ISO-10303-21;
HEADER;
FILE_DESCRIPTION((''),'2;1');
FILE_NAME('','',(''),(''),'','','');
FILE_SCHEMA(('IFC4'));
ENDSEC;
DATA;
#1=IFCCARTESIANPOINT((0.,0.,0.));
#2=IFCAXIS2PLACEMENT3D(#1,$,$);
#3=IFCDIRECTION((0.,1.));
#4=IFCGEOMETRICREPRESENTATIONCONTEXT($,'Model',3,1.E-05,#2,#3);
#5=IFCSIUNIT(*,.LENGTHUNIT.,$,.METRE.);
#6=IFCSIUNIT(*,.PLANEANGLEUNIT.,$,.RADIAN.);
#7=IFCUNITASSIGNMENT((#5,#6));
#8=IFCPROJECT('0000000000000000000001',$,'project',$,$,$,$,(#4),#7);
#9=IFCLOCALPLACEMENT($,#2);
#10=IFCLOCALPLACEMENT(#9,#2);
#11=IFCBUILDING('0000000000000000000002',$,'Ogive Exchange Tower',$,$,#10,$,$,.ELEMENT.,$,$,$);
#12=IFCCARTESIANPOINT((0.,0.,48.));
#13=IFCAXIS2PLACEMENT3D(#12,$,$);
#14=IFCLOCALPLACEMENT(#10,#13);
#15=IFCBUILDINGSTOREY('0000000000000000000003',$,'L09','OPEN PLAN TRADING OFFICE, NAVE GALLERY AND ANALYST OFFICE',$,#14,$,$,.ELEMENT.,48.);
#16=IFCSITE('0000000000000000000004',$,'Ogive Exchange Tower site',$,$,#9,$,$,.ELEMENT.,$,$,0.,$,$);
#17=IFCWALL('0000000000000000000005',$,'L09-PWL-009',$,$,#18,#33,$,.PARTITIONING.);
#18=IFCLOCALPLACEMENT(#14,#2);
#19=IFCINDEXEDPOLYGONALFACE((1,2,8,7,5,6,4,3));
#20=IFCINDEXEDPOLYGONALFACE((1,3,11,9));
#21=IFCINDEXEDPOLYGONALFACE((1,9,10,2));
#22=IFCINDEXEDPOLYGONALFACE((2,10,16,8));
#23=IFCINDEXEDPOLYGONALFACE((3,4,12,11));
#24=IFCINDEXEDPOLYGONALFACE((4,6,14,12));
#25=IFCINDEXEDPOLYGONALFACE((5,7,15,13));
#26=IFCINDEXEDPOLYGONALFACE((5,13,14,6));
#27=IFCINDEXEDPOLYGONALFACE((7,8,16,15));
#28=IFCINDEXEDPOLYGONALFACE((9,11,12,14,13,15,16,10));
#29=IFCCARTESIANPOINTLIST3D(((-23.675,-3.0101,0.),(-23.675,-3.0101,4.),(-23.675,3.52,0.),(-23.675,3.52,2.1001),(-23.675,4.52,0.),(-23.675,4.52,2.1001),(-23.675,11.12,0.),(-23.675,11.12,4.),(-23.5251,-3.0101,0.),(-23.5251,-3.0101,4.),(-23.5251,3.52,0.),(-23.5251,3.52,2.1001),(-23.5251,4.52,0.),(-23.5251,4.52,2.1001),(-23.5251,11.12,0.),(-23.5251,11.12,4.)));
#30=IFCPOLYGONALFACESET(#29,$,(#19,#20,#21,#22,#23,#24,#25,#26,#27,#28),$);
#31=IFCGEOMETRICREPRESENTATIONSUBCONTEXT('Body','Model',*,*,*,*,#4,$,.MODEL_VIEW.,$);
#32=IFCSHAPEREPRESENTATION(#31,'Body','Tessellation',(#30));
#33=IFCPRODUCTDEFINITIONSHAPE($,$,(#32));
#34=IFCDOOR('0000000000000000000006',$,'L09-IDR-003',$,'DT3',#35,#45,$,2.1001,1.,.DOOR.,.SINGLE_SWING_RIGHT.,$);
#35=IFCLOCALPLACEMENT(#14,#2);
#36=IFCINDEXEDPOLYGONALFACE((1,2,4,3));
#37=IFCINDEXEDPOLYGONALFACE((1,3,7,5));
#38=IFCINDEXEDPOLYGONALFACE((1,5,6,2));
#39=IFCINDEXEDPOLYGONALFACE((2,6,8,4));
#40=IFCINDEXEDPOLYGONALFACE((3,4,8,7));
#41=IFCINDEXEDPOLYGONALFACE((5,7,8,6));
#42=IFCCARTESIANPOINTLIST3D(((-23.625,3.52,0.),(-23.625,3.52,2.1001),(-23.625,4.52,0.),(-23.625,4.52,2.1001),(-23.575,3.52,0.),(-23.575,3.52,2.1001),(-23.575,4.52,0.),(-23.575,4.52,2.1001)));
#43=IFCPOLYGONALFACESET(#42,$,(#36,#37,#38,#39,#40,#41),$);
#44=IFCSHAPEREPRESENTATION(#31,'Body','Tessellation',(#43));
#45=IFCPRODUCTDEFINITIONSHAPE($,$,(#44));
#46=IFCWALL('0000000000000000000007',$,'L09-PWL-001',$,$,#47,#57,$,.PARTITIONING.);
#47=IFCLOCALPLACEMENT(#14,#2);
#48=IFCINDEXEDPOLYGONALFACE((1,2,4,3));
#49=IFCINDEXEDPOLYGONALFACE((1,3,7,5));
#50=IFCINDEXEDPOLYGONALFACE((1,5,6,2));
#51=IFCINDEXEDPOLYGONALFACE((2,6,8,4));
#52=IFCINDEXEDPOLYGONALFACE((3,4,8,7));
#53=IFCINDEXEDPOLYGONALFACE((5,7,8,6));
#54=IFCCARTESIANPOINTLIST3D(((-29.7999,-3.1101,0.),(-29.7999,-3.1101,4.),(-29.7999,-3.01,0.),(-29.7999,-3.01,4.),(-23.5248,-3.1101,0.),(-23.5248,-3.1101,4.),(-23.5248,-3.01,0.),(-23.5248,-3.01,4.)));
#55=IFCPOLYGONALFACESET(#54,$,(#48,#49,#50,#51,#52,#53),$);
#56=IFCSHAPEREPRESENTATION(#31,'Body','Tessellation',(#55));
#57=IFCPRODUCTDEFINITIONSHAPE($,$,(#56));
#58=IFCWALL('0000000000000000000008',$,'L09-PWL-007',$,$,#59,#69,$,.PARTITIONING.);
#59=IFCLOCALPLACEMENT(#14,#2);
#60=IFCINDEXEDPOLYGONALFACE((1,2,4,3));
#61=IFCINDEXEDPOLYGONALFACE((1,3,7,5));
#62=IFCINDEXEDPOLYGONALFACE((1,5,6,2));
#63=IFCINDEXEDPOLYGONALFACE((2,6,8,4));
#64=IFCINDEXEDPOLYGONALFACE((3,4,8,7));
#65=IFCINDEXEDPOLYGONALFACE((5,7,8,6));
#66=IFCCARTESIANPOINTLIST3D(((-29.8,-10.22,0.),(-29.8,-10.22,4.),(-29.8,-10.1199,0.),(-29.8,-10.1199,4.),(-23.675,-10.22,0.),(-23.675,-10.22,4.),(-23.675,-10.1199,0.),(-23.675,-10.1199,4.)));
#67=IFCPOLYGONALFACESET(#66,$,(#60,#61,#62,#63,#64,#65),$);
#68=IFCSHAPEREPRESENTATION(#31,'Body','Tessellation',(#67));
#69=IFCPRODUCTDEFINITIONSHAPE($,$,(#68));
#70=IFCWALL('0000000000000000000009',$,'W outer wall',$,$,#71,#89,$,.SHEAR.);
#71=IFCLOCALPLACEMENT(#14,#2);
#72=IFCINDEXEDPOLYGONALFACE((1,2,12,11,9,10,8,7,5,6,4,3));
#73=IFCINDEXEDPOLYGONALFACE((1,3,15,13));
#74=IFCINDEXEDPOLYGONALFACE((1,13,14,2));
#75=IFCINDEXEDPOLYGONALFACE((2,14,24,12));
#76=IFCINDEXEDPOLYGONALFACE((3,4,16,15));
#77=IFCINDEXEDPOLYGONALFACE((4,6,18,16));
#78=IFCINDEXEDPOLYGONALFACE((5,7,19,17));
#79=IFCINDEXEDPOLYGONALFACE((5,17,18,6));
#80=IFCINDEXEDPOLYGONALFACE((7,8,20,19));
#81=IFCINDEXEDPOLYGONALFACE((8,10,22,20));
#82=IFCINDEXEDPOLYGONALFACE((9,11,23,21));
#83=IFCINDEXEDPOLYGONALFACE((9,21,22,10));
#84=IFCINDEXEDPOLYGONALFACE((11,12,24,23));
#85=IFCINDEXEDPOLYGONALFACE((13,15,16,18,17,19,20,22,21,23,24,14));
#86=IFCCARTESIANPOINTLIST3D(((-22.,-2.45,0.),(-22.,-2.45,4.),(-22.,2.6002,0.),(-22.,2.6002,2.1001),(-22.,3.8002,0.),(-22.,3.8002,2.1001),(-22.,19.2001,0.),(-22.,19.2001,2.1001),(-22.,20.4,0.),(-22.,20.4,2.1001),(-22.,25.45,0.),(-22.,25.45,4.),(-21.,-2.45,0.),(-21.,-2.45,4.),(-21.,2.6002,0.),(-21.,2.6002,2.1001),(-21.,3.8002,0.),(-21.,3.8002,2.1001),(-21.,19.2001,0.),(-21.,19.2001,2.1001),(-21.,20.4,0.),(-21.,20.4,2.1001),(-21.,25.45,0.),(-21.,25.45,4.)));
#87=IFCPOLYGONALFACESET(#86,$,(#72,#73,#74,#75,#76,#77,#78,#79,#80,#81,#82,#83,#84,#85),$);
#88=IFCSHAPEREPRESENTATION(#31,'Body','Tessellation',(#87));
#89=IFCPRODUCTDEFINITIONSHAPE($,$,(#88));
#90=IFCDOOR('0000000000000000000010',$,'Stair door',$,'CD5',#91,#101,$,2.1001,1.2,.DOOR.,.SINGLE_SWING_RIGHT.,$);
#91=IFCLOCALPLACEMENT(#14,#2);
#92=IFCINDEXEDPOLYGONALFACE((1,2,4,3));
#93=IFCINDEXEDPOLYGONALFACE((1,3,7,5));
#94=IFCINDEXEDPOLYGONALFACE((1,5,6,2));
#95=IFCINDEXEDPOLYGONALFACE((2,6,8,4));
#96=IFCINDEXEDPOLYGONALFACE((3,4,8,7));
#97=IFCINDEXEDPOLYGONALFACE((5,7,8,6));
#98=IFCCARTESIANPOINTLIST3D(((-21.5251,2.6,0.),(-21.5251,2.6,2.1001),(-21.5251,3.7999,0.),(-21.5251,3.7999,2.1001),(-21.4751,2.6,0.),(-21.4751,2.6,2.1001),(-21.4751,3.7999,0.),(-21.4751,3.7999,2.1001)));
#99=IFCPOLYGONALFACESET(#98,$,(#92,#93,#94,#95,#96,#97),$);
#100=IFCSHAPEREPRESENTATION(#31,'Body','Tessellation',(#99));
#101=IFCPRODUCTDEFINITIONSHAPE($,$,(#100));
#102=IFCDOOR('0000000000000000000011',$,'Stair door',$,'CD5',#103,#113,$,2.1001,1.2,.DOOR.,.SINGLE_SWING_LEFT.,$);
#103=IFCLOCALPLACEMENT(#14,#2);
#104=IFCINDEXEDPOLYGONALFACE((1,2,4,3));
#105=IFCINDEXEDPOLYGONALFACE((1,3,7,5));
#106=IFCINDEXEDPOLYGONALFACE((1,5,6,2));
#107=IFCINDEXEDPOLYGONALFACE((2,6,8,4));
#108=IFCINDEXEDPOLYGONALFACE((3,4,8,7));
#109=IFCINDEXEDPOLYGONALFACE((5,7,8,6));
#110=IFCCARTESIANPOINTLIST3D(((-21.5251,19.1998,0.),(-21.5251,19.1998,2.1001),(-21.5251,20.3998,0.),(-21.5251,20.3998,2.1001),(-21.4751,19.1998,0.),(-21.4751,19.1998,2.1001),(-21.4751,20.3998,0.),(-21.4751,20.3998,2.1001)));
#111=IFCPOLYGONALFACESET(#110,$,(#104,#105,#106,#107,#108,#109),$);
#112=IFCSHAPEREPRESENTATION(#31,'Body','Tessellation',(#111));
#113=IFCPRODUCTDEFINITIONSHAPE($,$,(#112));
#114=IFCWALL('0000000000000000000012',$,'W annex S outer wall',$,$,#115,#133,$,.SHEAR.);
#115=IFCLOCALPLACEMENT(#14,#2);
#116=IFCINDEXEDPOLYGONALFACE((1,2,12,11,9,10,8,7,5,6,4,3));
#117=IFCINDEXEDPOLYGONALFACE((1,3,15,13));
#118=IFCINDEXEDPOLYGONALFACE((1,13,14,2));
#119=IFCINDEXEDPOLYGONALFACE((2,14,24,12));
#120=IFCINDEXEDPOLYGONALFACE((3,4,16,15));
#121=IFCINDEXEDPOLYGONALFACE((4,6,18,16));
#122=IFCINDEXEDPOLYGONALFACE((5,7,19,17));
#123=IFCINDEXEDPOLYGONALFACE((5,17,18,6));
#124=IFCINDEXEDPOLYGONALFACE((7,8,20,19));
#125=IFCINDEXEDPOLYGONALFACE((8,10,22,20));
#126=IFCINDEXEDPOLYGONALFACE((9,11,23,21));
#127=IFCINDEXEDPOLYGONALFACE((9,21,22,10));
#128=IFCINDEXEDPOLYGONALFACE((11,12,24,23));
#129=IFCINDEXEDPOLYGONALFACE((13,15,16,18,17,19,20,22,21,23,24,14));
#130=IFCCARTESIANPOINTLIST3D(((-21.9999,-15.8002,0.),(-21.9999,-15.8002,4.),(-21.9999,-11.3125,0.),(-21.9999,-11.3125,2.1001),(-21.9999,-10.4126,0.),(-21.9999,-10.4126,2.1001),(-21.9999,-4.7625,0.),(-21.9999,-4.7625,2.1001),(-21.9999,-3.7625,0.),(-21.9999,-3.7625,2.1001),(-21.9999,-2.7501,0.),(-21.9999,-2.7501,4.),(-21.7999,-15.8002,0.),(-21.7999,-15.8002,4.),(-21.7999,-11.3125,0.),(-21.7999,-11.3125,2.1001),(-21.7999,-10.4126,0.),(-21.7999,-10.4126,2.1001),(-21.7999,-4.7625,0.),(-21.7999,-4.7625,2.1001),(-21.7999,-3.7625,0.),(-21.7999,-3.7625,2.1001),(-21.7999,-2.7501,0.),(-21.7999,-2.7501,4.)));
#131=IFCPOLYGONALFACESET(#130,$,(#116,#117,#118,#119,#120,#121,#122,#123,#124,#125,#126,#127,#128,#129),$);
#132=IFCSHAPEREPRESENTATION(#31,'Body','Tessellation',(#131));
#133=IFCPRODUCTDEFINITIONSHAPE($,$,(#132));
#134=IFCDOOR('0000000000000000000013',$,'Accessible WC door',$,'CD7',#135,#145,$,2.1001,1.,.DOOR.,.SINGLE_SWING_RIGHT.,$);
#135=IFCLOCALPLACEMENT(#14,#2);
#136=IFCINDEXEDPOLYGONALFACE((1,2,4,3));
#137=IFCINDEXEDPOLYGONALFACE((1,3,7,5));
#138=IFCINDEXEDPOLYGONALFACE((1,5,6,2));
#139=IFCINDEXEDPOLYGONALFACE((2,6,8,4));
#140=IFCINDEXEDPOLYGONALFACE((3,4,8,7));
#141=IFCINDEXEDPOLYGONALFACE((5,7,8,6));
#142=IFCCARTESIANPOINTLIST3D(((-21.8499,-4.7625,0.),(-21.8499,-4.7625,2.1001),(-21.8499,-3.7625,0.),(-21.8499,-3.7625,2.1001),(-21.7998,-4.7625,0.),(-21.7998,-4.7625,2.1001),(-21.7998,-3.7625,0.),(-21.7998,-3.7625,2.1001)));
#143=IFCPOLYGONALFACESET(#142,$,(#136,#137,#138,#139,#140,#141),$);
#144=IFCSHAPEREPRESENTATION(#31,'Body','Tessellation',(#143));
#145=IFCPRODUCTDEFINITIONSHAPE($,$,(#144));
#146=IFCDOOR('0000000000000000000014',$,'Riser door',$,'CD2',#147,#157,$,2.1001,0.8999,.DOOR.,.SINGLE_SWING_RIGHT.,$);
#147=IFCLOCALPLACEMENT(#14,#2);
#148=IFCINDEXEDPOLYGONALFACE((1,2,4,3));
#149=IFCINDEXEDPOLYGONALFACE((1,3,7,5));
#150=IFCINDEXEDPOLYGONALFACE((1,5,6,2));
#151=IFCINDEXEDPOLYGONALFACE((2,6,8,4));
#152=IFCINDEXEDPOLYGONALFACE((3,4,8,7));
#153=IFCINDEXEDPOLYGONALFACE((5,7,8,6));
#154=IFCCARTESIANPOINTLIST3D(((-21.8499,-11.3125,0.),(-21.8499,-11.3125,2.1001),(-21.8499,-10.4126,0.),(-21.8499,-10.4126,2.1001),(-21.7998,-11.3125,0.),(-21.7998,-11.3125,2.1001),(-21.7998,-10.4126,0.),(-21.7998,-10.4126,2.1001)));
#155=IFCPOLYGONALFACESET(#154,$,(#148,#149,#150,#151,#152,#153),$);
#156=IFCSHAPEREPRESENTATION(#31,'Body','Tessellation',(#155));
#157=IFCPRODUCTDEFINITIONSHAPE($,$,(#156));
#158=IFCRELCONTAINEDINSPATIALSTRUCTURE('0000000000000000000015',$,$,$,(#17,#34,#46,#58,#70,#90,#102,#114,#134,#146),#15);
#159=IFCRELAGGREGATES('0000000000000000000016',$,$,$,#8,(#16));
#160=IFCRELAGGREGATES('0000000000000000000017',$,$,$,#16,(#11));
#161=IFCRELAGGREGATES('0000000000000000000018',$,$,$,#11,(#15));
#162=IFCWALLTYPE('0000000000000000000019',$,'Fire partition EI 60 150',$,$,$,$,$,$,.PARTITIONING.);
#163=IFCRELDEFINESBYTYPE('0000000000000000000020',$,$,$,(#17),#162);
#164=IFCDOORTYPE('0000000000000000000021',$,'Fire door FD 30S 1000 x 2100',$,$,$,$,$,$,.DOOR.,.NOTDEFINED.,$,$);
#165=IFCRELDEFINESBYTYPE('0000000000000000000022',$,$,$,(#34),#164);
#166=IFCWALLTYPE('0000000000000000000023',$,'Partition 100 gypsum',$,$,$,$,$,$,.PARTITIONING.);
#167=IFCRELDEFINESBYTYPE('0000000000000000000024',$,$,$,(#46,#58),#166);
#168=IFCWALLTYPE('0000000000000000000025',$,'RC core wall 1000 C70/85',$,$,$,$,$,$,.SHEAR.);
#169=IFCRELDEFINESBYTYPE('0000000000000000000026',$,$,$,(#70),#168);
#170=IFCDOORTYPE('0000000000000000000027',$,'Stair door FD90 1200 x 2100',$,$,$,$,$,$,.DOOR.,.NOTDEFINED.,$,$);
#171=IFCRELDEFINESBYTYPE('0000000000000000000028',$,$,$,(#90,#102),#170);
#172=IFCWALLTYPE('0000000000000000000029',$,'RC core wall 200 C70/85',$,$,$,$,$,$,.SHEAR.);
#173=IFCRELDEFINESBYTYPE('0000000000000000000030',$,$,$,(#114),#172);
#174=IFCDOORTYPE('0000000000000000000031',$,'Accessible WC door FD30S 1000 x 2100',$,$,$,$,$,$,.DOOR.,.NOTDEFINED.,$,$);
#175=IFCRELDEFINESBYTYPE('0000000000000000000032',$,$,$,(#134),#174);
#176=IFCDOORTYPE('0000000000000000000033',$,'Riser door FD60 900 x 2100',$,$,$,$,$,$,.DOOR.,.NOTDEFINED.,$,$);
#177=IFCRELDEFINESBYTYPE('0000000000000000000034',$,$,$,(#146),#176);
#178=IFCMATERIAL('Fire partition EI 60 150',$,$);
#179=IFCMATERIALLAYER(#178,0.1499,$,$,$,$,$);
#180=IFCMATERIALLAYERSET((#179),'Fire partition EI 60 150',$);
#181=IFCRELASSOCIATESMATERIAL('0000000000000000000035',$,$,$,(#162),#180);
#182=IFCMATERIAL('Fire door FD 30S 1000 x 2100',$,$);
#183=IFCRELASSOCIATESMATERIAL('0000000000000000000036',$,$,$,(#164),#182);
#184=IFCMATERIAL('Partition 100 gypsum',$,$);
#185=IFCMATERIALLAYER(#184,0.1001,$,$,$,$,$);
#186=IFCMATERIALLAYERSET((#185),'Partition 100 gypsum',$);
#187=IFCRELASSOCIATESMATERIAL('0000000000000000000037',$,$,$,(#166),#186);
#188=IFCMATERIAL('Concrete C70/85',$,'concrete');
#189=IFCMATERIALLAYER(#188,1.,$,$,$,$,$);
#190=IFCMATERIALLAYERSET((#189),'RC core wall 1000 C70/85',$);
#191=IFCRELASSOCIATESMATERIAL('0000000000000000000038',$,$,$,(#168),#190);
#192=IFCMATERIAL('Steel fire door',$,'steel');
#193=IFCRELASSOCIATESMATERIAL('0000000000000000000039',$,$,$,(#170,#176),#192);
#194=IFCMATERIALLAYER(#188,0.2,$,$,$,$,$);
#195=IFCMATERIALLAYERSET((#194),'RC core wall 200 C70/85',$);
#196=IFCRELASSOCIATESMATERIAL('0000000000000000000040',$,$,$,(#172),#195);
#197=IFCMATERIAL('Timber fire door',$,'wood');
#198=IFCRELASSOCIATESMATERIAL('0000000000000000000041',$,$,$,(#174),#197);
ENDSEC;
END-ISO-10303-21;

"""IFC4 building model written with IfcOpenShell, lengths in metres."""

from ifc_helpers import new_model, si_unit, direction, frame, frame_2d, origin, place, context, subcontext, project, spatial, rectangle, extrude, material, layer, layer_set, type_object, element, fill, save


model = new_model("IFC4")

# Units and contexts
model_context = context("Model", 3, precision=1e-05, world=origin(), true_north=direction((0.0, 1.0)))
body_context = subcontext(model_context, "Body", "Model", "MODEL_VIEW")
ifc_project = project(units=[si_unit("LENGTHUNIT", "METRE"), si_unit("PLANEANGLEUNIT", "RADIAN")], contexts=[model_context])

# Site, building, storey
site_placement = place(None, origin())
site = spatial("IfcSite", under=ifc_project, at=site_placement, Name="Ogive Exchange Tower site", CompositionType="ELEMENT", RefElevation=0.0)
building_placement = place(site_placement, origin())
building = spatial("IfcBuilding", under=site, at=building_placement, Name="Ogive Exchange Tower", CompositionType="ELEMENT")
storey_placement = place(building_placement, frame((0.0, 0.0, 48.0)))
storey = spatial("IfcBuildingStorey", under=building, at=storey_placement, Name="L09", Description="OPEN PLAN TRADING OFFICE, NAVE GALLERY AND ANALYST OFFICE", CompositionType="ELEMENT", Elevation=48.0)

# Wall, opening, door
ifc_material_1 = material(Name="Fire partition EI 60 150")
ifc_layer_1 = layer(ifc_material_1, 0.1499)
ifc_layer_set_1 = layer_set([ifc_layer_1], Name="Fire partition EI 60 150")
wall_type_1 = type_object("IfcWallType", Name="Fire partition EI 60 150", PredefinedType="PARTITIONING", material=ifc_layer_set_1)
ifc_material_2 = material(Name="Fire door FD 30S 1000 x 2100")
door_type_1 = type_object("IfcDoorType", Name="Fire door FD 30S 1000 x 2100", OperationType="NOTDEFINED", PredefinedType="DOOR", material=ifc_material_2)
wall_1_placement = place(storey_placement, frame((-23.6001, -3.01, 0.0), z_axis=(0.0, 0.0, 1.0), x_axis=(0.0, 1.0, 0.0)))
wall_1 = element("IfcWall", 1, at=wall_1_placement, inside=storey, type_object=wall_type_1, Name="L09-PWL-009", PredefinedType="PARTITIONING", context=body_context, shape_type="SweptSolid", body=[
    extrude(rectangle(XDim=14.1301, YDim=0.1499, at=frame_2d((7.0649, 0.0))), origin(), (0.0, 0.0, 1.0), 4.0),
])
opening_1_placement = place(wall_1_placement, frame((6.53, 0.0, 0.0)))
opening_1 = element("IfcOpeningElement", 2, at=opening_1_placement, cuts=wall_1, PredefinedType="OPENING", context=body_context, shape_type="SweptSolid", body=[
    extrude(rectangle(XDim=1.0, YDim=2.1001, at=frame_2d((0.5, 1.05))), frame((0.0, 0.085, 0.0), z_axis=(0.0, -1.0, 0.0), x_axis=(1.0, 0.0, 0.0)), (0.0, 0.0, 1.0), 0.1699),
])
door_1_placement = place(opening_1_placement, origin())
door_1 = element("IfcDoor", 3, at=door_1_placement, inside=storey, type_object=door_type_1, Name="L09-IDR-003", ObjectType="DT3", OperationType="SINGLE_SWING_RIGHT", OverallHeight=2.1001, OverallWidth=1.0, PredefinedType="DOOR", context=body_context, shape_type="SweptSolid", body=[
    extrude(rectangle(XDim=1.0, YDim=2.1001, at=frame_2d((0.5, 1.05))), frame((0.0, 0.0249, 0.0), z_axis=(0.0, -1.0, 0.0), x_axis=(1.0, 0.0, 0.0)), (0.0, 0.0, 1.0), 0.05),
])
fill(opening_1, door_1)

# Walls
ifc_material_3 = material(Name="Partition 100 gypsum")
ifc_layer_2 = layer(ifc_material_3, 0.1001)
ifc_layer_set_2 = layer_set([ifc_layer_2], Name="Partition 100 gypsum")
wall_type_2 = type_object("IfcWallType", Name="Partition 100 gypsum", PredefinedType="PARTITIONING", material=ifc_layer_set_2)
wall_2_placement = place(storey_placement, frame((-29.8, -3.0601, 0.0), z_axis=(0.0, 0.0, 1.0), x_axis=(1.0, 0.0, 0.0)))
element("IfcWall", 4, at=wall_2_placement, inside=storey, type_object=wall_type_2, Name="L09-PWL-001", PredefinedType="PARTITIONING", context=body_context, shape_type="SweptSolid", body=[
    extrude(rectangle(XDim=6.2751, YDim=0.1001, at=frame_2d((3.1377, 0.0))), origin(), (0.0, 0.0, 1.0), 4.0),
])
wall_3_placement = place(storey_placement, frame((-23.675, -10.1699, 0.0), z_axis=(0.0, 0.0, 1.0), x_axis=(-1.0, 0.0, 0.0)))
element("IfcWall", 5, at=wall_3_placement, inside=storey, type_object=wall_type_2, Name="L09-PWL-007", PredefinedType="PARTITIONING", context=body_context, shape_type="SweptSolid", body=[
    extrude(rectangle(XDim=6.125, YDim=0.1001, at=frame_2d((3.0625, 0.0))), origin(), (0.0, 0.0, 1.0), 4.0),
])

# Walls, openings, doors
ifc_material_4 = material(Name="Concrete C70/85", Category="concrete")
ifc_layer_3 = layer(ifc_material_4, 1.0)
ifc_layer_set_3 = layer_set([ifc_layer_3], Name="RC core wall 1000 C70/85")
wall_type_3 = type_object("IfcWallType", Name="RC core wall 1000 C70/85", PredefinedType="SHEAR", material=ifc_layer_set_3)
wall_4_placement = place(storey_placement, frame((-21.5, -2.45, 0.0), z_axis=(0.0, 0.0, 1.0), x_axis=(0.0, 1.0, 0.0)))
wall_4 = element("IfcWall", 6, at=wall_4_placement, inside=storey, type_object=wall_type_3, Name="W outer wall", PredefinedType="SHEAR", context=body_context, shape_type="SweptSolid", body=[
    extrude(rectangle(XDim=27.8999, YDim=1.0, at=frame_2d((13.95, 0.0))), origin(), (0.0, 0.0, 1.0), 4.0),
])
opening_2_placement = place(wall_4_placement, frame((5.05, 0.0, 0.0)))
opening_2 = element("IfcOpeningElement", 7, at=opening_2_placement, cuts=wall_4, PredefinedType="OPENING", context=body_context, shape_type="SweptSolid", body=[
    extrude(rectangle(XDim=1.2, YDim=2.1001, at=frame_2d((0.6001, 1.05))), frame((0.0, 0.51, 0.0), z_axis=(0.0, -1.0, 0.0), x_axis=(1.0, 0.0, 0.0)), (0.0, 0.0, 1.0), 1.02),
])
opening_3_placement = place(wall_4_placement, frame((21.6499, 0.0, 0.0)))
opening_3 = element("IfcOpeningElement", 8, at=opening_3_placement, cuts=wall_4, PredefinedType="OPENING", context=body_context, shape_type="SweptSolid", body=[
    extrude(rectangle(XDim=1.2, YDim=2.1001, at=frame_2d((0.6001, 1.05))), frame((0.0, 0.51, 0.0), z_axis=(0.0, -1.0, 0.0), x_axis=(1.0, 0.0, 0.0)), (0.0, 0.0, 1.0), 1.02),
])
ifc_material_5 = material(Name="Steel fire door", Category="steel")
door_type_2 = type_object("IfcDoorType", Name="Stair door FD90 1200 x 2100", OperationType="NOTDEFINED", PredefinedType="DOOR", material=ifc_material_5)
door_2_placement = place(opening_2_placement, frame((1.2, 0.0, 0.0), z_axis=(0.0, 0.0, 1.0), x_axis=(-1.0, 0.0, 0.0)))
door_2 = element("IfcDoor", 9, at=door_2_placement, inside=storey, type_object=door_type_2, Name="Stair door", ObjectType="CD5", OperationType="SINGLE_SWING_RIGHT", OverallHeight=2.1001, OverallWidth=1.2, PredefinedType="DOOR", context=body_context, shape_type="SweptSolid", body=[
    extrude(rectangle(XDim=1.2, YDim=2.1001, at=frame_2d((0.6001, 1.05))), frame((0.0, 0.0249, 0.0), z_axis=(0.0, -1.0, 0.0), x_axis=(1.0, 0.0, 0.0)), (0.0, 0.0, 1.0), 0.05),
])
fill(opening_2, door_2)
door_3_placement = place(opening_3_placement, frame((1.2, 0.0, 0.0), z_axis=(0.0, 0.0, 1.0), x_axis=(-1.0, 0.0, 0.0)))
door_3 = element("IfcDoor", 10, at=door_3_placement, inside=storey, type_object=door_type_2, Name="Stair door", ObjectType="CD5", OperationType="SINGLE_SWING_LEFT", OverallHeight=2.1001, OverallWidth=1.2, PredefinedType="DOOR", context=body_context, shape_type="SweptSolid", body=[
    extrude(rectangle(XDim=1.2, YDim=2.1001, at=frame_2d((0.6001, 1.05))), frame((0.0, 0.0249, 0.0), z_axis=(0.0, -1.0, 0.0), x_axis=(1.0, 0.0, 0.0)), (0.0, 0.0, 1.0), 0.05),
])
fill(opening_3, door_3)
ifc_layer_4 = layer(ifc_material_4, 0.2)
ifc_layer_set_4 = layer_set([ifc_layer_4], Name="RC core wall 200 C70/85")
wall_type_4 = type_object("IfcWallType", Name="RC core wall 200 C70/85", PredefinedType="SHEAR", material=ifc_layer_set_4)
wall_5_placement = place(storey_placement, frame((-21.8999, -15.8, 0.0), z_axis=(0.0, 0.0, 1.0), x_axis=(0.0, 1.0, 0.0)))
wall_5 = element("IfcWall", 11, at=wall_5_placement, inside=storey, type_object=wall_type_4, Name="W annex S outer wall", PredefinedType="SHEAR", context=body_context, shape_type="SweptSolid", body=[
    extrude(rectangle(XDim=13.05, YDim=0.2, at=frame_2d((6.5249, 0.0))), origin(), (0.0, 0.0, 1.0), 4.0),
])
opening_4_placement = place(wall_5_placement, frame((4.4875, 0.0, 0.0)))
opening_4 = element("IfcOpeningElement", 12, at=opening_4_placement, cuts=wall_5, PredefinedType="OPENING", context=body_context, shape_type="SweptSolid", body=[
    extrude(rectangle(XDim=0.8999, YDim=2.1001, at=frame_2d((0.45, 1.05))), frame((0.0, 0.1099, 0.0), z_axis=(0.0, -1.0, 0.0), x_axis=(1.0, 0.0, 0.0)), (0.0, 0.0, 1.0), 0.22),
])
opening_5_placement = place(wall_5_placement, frame((11.0376, 0.0, 0.0)))
opening_5 = element("IfcOpeningElement", 13, at=opening_5_placement, cuts=wall_5, PredefinedType="OPENING", context=body_context, shape_type="SweptSolid", body=[
    extrude(rectangle(XDim=1.0, YDim=2.1001, at=frame_2d((0.5, 1.05))), frame((0.0, 0.1099, 0.0), z_axis=(0.0, -1.0, 0.0), x_axis=(1.0, 0.0, 0.0)), (0.0, 0.0, 1.0), 0.22),
])
ifc_material_6 = material(Name="Timber fire door", Category="wood")
door_type_3 = type_object("IfcDoorType", Name="Accessible WC door FD30S 1000 x 2100", OperationType="NOTDEFINED", PredefinedType="DOOR", material=ifc_material_6)
door_4_placement = place(opening_5_placement, frame((1.0, -0.1499, 0.0), z_axis=(0.0, 0.0, 1.0), x_axis=(-1.0, 0.0, 0.0)))
door_4 = element("IfcDoor", 14, at=door_4_placement, inside=storey, type_object=door_type_3, Name="Accessible WC door", ObjectType="CD7", OperationType="SINGLE_SWING_RIGHT", OverallHeight=2.1001, OverallWidth=1.0, PredefinedType="DOOR", context=body_context, shape_type="SweptSolid", body=[
    extrude(rectangle(XDim=1.0, YDim=2.1001, at=frame_2d((0.5, 1.05))), frame((0.0, -0.0498, 0.0), z_axis=(0.0, -1.0, 0.0), x_axis=(1.0, 0.0, 0.0)), (0.0, 0.0, 1.0), 0.05),
])
fill(opening_5, door_4)
door_type_4 = type_object("IfcDoorType", Name="Riser door FD60 900 x 2100", OperationType="NOTDEFINED", PredefinedType="DOOR", material=ifc_material_5)
door_5_placement = place(opening_4_placement, frame((0.8999, -0.1499, 0.0), z_axis=(0.0, 0.0, 1.0), x_axis=(-1.0, 0.0, 0.0)))
door_5 = element("IfcDoor", 15, at=door_5_placement, inside=storey, type_object=door_type_4, Name="Riser door", ObjectType="CD2", OperationType="SINGLE_SWING_RIGHT", OverallHeight=2.1001, OverallWidth=0.8999, PredefinedType="DOOR", context=body_context, shape_type="SweptSolid", body=[
    extrude(rectangle(XDim=0.8999, YDim=2.1001, at=frame_2d((0.45, 1.05))), frame((0.0, -0.0498, 0.0), z_axis=(0.0, -1.0, 0.0), x_axis=(1.0, 0.0, 0.0)), (0.0, 0.0, 1.0), 0.05),
])
fill(opening_4, door_5)

save(model, "model.ifc")
